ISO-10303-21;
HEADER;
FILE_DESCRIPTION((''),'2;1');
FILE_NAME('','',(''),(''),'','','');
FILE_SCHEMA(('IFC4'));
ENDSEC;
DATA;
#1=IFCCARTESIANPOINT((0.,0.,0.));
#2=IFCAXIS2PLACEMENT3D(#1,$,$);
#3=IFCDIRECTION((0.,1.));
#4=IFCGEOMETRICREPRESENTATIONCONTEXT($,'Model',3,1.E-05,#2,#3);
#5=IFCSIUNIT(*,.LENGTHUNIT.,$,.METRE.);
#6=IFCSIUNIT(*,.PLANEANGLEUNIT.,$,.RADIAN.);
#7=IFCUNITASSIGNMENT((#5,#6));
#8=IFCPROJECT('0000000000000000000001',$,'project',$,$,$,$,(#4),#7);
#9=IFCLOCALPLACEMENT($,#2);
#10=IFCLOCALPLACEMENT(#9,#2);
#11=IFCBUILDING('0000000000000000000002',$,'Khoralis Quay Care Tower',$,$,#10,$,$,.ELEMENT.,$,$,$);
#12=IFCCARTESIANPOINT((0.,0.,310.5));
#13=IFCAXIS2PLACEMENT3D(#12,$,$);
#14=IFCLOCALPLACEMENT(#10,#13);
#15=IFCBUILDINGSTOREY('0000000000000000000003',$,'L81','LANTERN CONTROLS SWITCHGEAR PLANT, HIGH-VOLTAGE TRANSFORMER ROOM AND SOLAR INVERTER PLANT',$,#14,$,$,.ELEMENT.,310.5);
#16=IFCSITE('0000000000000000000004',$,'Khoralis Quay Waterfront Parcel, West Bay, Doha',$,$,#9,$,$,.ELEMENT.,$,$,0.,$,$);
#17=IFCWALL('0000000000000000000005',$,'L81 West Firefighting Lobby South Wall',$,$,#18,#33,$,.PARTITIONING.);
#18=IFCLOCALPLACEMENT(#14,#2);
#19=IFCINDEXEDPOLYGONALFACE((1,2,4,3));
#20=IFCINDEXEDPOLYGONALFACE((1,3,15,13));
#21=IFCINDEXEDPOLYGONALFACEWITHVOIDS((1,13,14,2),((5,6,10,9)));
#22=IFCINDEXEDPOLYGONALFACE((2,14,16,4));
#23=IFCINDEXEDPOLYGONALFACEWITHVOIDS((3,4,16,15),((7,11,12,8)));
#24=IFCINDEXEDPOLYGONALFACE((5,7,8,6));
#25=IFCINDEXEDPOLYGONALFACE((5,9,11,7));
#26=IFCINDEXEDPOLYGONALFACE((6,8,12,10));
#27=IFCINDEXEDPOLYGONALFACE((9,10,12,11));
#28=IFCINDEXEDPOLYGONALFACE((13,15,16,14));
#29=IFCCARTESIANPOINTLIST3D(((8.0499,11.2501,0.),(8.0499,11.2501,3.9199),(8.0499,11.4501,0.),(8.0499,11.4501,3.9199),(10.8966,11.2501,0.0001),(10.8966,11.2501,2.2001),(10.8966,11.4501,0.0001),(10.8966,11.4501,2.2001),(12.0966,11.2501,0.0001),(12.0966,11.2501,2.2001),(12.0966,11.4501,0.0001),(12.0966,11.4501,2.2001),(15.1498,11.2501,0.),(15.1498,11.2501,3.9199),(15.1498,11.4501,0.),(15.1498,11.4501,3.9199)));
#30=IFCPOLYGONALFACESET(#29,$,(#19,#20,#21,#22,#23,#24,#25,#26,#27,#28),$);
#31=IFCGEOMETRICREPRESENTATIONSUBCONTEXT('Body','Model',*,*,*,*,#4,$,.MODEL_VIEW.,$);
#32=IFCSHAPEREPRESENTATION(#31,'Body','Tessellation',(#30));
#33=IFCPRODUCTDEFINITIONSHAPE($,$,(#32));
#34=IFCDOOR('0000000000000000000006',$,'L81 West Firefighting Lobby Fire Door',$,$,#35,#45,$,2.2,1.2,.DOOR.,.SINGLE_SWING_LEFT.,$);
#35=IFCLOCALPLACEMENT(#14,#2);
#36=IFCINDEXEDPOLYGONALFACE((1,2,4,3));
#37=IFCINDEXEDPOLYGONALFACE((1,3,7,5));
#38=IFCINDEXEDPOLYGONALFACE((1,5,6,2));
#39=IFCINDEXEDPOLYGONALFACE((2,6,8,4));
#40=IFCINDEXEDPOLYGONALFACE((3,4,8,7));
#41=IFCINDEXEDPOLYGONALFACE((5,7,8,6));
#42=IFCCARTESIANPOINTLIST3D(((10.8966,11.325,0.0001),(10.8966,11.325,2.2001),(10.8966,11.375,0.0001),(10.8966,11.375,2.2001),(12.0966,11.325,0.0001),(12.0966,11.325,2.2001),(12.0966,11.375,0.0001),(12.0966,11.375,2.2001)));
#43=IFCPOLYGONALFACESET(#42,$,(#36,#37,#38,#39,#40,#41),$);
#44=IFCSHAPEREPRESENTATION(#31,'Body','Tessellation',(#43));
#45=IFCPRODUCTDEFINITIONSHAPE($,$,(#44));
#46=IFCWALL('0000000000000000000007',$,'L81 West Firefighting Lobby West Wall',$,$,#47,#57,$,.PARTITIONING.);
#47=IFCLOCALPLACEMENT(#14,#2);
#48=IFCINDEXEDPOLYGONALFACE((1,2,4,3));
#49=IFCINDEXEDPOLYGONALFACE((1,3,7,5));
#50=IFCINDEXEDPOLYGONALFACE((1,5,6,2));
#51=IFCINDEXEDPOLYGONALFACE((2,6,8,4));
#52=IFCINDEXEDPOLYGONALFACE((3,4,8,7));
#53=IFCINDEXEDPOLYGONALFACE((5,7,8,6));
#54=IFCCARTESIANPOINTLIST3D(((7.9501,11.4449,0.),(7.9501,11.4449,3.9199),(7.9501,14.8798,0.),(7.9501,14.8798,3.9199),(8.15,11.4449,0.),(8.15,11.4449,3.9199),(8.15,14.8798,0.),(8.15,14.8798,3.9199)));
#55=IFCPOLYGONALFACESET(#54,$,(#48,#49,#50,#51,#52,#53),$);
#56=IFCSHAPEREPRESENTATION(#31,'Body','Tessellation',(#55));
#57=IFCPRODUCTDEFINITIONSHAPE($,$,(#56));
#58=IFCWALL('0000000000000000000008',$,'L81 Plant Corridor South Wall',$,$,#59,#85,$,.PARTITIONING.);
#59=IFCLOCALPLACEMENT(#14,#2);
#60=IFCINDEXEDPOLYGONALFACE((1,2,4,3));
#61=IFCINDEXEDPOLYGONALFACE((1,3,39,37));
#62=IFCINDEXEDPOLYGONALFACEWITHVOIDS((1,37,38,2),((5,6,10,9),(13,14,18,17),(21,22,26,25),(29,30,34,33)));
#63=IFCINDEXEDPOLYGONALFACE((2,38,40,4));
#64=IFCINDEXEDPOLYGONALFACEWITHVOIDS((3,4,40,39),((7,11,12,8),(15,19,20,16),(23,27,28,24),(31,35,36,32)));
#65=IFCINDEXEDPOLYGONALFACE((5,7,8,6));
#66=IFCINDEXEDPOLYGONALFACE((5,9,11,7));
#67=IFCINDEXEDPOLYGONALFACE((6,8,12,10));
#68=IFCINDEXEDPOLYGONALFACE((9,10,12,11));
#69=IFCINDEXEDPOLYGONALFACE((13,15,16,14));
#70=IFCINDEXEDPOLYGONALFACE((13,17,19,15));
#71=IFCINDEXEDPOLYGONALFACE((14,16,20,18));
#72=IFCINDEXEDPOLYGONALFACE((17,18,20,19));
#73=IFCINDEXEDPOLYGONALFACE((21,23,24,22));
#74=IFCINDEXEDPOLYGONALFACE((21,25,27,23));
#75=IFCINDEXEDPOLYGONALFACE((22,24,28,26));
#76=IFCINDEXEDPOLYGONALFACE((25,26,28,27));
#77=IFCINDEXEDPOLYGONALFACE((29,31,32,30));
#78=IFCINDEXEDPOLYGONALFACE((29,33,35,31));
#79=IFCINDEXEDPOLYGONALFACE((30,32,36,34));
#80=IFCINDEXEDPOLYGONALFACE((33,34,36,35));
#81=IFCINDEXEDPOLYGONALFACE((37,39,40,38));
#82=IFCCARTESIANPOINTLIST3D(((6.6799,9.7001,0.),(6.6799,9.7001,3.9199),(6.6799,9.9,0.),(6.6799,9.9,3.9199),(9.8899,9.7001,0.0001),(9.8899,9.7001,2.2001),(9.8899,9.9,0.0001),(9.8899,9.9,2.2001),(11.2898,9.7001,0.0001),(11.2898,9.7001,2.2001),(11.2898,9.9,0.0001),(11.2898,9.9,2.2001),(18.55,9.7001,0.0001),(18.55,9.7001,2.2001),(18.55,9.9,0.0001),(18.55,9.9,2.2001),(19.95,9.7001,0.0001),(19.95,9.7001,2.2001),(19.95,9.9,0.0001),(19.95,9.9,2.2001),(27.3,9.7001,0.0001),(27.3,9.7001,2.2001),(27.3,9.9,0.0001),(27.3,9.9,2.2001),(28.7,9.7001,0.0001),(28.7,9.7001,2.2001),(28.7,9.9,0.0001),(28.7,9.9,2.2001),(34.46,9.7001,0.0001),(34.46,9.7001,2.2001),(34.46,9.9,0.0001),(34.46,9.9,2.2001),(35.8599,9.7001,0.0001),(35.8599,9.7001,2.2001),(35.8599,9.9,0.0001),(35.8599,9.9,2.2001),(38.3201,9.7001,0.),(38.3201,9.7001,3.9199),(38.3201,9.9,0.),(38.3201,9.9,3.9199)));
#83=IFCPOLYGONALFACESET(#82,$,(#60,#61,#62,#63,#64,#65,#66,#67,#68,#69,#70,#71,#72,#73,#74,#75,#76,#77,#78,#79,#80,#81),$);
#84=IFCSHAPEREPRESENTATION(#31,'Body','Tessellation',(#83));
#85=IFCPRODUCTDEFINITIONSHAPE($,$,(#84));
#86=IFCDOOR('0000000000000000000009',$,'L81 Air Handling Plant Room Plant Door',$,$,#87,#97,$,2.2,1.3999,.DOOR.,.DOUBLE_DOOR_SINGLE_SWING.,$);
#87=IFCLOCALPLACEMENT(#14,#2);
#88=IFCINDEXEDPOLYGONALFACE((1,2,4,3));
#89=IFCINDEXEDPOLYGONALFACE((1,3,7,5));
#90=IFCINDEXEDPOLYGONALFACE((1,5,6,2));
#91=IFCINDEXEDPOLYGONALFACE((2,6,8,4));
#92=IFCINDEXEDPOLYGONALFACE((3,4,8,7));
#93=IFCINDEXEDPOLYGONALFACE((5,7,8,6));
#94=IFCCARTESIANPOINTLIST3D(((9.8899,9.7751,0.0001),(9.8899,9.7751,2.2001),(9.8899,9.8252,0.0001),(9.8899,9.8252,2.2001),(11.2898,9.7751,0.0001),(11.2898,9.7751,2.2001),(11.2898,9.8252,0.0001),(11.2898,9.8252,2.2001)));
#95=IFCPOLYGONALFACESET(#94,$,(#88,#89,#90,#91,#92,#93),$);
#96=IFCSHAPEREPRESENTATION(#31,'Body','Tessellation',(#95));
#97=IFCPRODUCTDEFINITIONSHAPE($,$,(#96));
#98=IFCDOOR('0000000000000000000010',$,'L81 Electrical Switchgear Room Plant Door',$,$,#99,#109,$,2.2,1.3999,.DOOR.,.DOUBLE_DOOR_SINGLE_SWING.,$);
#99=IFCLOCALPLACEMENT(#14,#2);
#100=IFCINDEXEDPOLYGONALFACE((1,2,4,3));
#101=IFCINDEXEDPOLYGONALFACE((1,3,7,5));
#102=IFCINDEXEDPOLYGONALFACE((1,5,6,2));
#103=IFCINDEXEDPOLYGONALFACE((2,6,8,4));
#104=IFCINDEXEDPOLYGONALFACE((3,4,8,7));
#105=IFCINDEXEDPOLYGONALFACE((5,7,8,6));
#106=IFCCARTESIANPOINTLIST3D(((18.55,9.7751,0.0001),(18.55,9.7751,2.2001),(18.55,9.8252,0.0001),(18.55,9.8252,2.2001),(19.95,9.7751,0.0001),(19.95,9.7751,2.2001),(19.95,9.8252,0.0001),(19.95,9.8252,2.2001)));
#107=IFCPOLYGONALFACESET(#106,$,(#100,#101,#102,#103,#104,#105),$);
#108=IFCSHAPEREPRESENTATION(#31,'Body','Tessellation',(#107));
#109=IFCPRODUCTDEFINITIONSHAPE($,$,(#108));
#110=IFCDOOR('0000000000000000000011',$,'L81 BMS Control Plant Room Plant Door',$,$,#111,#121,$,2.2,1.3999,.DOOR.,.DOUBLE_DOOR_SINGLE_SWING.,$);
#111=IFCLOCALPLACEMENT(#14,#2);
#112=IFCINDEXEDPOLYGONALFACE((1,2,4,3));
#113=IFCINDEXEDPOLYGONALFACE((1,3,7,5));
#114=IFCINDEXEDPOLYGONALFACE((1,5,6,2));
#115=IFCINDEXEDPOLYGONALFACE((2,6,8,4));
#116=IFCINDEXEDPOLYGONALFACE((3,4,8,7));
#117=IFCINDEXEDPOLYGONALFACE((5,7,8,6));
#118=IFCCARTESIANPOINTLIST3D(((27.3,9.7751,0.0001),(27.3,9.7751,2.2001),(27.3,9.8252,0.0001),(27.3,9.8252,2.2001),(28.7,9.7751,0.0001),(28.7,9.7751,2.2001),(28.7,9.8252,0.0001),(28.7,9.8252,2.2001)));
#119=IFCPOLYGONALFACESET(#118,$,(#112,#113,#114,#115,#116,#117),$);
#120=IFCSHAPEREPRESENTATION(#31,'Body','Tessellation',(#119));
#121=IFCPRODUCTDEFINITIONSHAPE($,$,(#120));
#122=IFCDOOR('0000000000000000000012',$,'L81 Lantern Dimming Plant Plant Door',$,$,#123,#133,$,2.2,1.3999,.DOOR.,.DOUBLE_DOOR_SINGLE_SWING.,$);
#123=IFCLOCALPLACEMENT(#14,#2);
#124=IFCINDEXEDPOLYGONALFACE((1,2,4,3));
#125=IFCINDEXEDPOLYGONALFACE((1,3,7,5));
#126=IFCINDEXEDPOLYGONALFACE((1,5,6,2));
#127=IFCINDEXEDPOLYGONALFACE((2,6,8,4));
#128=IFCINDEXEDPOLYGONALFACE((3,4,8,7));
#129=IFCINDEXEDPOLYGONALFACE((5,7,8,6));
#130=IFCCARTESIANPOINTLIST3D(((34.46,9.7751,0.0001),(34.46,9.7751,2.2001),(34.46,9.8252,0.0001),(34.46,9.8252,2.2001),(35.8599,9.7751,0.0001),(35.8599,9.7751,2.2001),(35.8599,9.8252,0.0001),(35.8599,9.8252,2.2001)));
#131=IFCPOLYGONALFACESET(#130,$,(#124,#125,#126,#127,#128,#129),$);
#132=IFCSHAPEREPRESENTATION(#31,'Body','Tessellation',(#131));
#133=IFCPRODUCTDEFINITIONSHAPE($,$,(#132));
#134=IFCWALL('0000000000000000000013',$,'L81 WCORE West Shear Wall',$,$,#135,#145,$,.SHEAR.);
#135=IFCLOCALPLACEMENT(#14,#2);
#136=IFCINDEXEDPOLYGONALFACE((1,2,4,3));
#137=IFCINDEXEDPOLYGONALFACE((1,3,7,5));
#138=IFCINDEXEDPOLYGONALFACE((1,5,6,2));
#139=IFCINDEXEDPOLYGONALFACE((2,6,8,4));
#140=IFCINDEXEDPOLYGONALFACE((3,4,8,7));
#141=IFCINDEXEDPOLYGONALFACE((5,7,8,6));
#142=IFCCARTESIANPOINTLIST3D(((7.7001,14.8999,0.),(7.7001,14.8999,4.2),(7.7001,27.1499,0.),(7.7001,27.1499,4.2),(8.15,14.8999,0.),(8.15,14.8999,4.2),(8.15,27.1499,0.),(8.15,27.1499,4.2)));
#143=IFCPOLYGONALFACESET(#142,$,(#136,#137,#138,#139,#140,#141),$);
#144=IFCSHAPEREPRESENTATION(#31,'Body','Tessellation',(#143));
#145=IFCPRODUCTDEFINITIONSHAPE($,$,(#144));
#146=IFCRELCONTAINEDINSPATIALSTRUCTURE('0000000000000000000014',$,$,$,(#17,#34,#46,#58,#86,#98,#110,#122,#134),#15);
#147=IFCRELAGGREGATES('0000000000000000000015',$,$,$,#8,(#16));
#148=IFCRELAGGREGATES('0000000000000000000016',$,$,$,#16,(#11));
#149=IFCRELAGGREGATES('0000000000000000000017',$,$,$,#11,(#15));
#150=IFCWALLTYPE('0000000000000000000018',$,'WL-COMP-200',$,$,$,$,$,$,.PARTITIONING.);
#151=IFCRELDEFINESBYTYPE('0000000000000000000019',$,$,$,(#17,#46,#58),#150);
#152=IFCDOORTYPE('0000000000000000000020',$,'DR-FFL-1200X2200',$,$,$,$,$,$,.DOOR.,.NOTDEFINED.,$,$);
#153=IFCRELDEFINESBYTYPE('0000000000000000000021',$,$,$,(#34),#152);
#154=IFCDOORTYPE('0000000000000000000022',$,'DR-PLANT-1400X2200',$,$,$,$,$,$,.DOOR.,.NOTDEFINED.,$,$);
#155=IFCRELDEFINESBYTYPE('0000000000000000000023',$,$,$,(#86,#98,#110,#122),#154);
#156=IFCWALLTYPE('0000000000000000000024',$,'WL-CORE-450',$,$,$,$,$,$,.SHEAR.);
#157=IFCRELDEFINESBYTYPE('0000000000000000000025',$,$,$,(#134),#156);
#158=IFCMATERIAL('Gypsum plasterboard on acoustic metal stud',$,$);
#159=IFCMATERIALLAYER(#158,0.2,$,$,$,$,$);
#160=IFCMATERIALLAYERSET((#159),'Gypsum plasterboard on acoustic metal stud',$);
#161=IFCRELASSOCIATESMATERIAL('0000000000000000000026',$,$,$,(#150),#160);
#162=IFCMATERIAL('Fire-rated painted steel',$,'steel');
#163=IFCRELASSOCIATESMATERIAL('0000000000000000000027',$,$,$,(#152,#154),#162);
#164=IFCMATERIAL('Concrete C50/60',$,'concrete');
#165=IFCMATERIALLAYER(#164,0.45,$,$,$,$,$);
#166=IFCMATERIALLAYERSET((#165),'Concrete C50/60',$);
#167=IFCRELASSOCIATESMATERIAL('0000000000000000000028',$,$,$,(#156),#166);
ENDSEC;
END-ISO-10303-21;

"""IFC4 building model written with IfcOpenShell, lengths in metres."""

from ifc_helpers import new_model, si_unit, direction, frame, frame_2d, origin, place, context, subcontext, project, spatial, rectangle, extrude, source, transform, mapped, material, layer, layer_set, type_object, element, fill, save


model = new_model("IFC4")

# Units and contexts
model_context = context("Model", 3, precision=1e-05, world=origin(), true_north=direction((0.0, 1.0)))
body_context = subcontext(model_context, "Body", "Model", "MODEL_VIEW")
ifc_project = project(units=[si_unit("LENGTHUNIT", "METRE"), si_unit("PLANEANGLEUNIT", "RADIAN")], contexts=[model_context])

# Site, building, storey
site_placement = place(None, origin())
site = spatial("IfcSite", under=ifc_project, at=site_placement, Name="Khoralis Quay Waterfront Parcel, West Bay, Doha", CompositionType="ELEMENT", RefElevation=0.0)
building_placement = place(site_placement, origin())
building = spatial("IfcBuilding", under=site, at=building_placement, Name="Khoralis Quay Care Tower", CompositionType="ELEMENT")
storey_placement = place(building_placement, frame((0.0, 0.0, 310.5)))
storey = spatial("IfcBuildingStorey", under=building, at=storey_placement, Name="L81", Description="LANTERN CONTROLS SWITCHGEAR PLANT, HIGH-VOLTAGE TRANSFORMER ROOM AND SOLAR INVERTER PLANT", CompositionType="ELEMENT", Elevation=310.5)

# Wall, opening, door
ifc_material_1 = material(Name="Gypsum plasterboard on acoustic metal stud")
ifc_layer_1 = layer(ifc_material_1, 0.2)
ifc_layer_set_1 = layer_set([ifc_layer_1], Name="Gypsum plasterboard on acoustic metal stud")
wall_type_1 = type_object("IfcWallType", Name="WL-COMP-200", PredefinedType="PARTITIONING", material=ifc_layer_set_1)
wall_1_placement = place(storey_placement, frame((8.05, 11.3501, 0.0), z_axis=(0.0, 0.0, 1.0), x_axis=(1.0, 0.0, 0.0)))
wall_1 = element("IfcWall", 1, at=wall_1_placement, inside=storey, type_object=wall_type_1, Name="L81 West Firefighting Lobby South Wall", PredefinedType="PARTITIONING", context=body_context, shape_type="SweptSolid", body=[
    extrude(rectangle(XDim=7.0999, YDim=0.2, at=frame_2d((3.5498, 0.0))), origin(), (0.0, 0.0, 1.0), 3.9199),
])
opening_1_placement = place(wall_1_placement, frame((2.8464, 0.0, 0.0)))
opening_1 = element("IfcOpeningElement", 2, at=opening_1_placement, cuts=wall_1, PredefinedType="OPENING", context=body_context, shape_type="SweptSolid", body=[
    extrude(rectangle(XDim=1.2, YDim=2.2, at=frame_2d((0.6001, 1.1001))), frame((0.0, 0.1099, 0.0), z_axis=(0.0, -1.0, 0.0), x_axis=(1.0, 0.0, 0.0)), (0.0, 0.0, 1.0), 0.22),
])
ifc_material_2 = material(Name="Fire-rated painted steel", Category="steel")
door_type_1 = type_object("IfcDoorType", Name="DR-FFL-1200X2200", OperationType="NOTDEFINED", PredefinedType="DOOR", material=ifc_material_2)
shared_shape_1 = source(origin(), body_context, "Body", "SweptSolid", [
    extrude(rectangle(XDim=1.2, YDim=2.2, at=frame_2d((0.6001, 1.1001))), frame((0.0, 0.0249, 0.0), z_axis=(0.0, -1.0, 0.0), x_axis=(1.0, 0.0, 0.0)), (0.0, 0.0, 1.0), 0.05),
])
door_1_placement = place(opening_1_placement, origin())
door_1 = element("IfcDoor", 3, at=door_1_placement, inside=storey, type_object=door_type_1, Name="L81 West Firefighting Lobby Fire Door", OperationType="SINGLE_SWING_LEFT", OverallHeight=2.2, OverallWidth=1.2, PredefinedType="DOOR", context=body_context, shape_type="MappedRepresentation", body=[
    mapped(shared_shape_1, transform((0.0, 0.0, 0.0), scale=1.0)),
])
fill(opening_1, door_1)

# Wall
wall_2_placement = place(storey_placement, frame((8.05, 11.4451, 0.0), z_axis=(0.0, 0.0, 1.0), x_axis=(0.0, 1.0, 0.0)))
element("IfcWall", 4, at=wall_2_placement, inside=storey, type_object=wall_type_1, Name="L81 West Firefighting Lobby West Wall", PredefinedType="PARTITIONING", context=body_context, shape_type="SweptSolid", body=[
    extrude(rectangle(XDim=3.4348, YDim=0.2, at=frame_2d((1.7173, 0.0))), origin(), (0.0, 0.0, 1.0), 3.9199),
])

# Wall, openings, doors
wall_3_placement = place(storey_placement, frame((6.6799, 9.8, 0.0), z_axis=(0.0, 0.0, 1.0), x_axis=(1.0, 0.0, 0.0)))
wall_3 = element("IfcWall", 5, at=wall_3_placement, inside=storey, type_object=wall_type_1, Name="L81 Plant Corridor South Wall", PredefinedType="PARTITIONING", context=body_context, shape_type="SweptSolid", body=[
    extrude(rectangle(XDim=31.6401, YDim=0.2, at=frame_2d((15.8201, 0.0))), origin(), (0.0, 0.0, 1.0), 3.9199),
])
opening_2_placement = place(wall_3_placement, frame((3.21, 0.0, 0.0)))
opening_2 = element("IfcOpeningElement", 6, at=opening_2_placement, cuts=wall_3, PredefinedType="OPENING", context=body_context, shape_type="SweptSolid", body=[
    extrude(rectangle(XDim=1.3999, YDim=2.2, at=frame_2d((0.7, 1.1001))), frame((0.0, 0.1099, 0.0), z_axis=(0.0, -1.0, 0.0), x_axis=(1.0, 0.0, 0.0)), (0.0, 0.0, 1.0), 0.22),
])
opening_3_placement = place(wall_3_placement, frame((11.8701, 0.0, 0.0)))
opening_3 = element("IfcOpeningElement", 7, at=opening_3_placement, cuts=wall_3, PredefinedType="OPENING", context=body_context, shape_type="SweptSolid", body=[
    extrude(rectangle(XDim=1.3999, YDim=2.2, at=frame_2d((0.7, 1.1001))), frame((0.0, 0.1099, 0.0), z_axis=(0.0, -1.0, 0.0), x_axis=(1.0, 0.0, 0.0)), (0.0, 0.0, 1.0), 0.22),
])
opening_4_placement = place(wall_3_placement, frame((20.6201, 0.0, 0.0)))
opening_4 = element("IfcOpeningElement", 8, at=opening_4_placement, cuts=wall_3, PredefinedType="OPENING", context=body_context, shape_type="SweptSolid", body=[
    extrude(rectangle(XDim=1.3999, YDim=2.2, at=frame_2d((0.7, 1.1001))), frame((0.0, 0.1099, 0.0), z_axis=(0.0, -1.0, 0.0), x_axis=(1.0, 0.0, 0.0)), (0.0, 0.0, 1.0), 0.22),
])
opening_5_placement = place(wall_3_placement, frame((27.78, 0.0, 0.0)))
opening_5 = element("IfcOpeningElement", 9, at=opening_5_placement, cuts=wall_3, PredefinedType="OPENING", context=body_context, shape_type="SweptSolid", body=[
    extrude(rectangle(XDim=1.3999, YDim=2.2, at=frame_2d((0.7, 1.1001))), frame((0.0, 0.1099, 0.0), z_axis=(0.0, -1.0, 0.0), x_axis=(1.0, 0.0, 0.0)), (0.0, 0.0, 1.0), 0.22),
])
door_type_2 = type_object("IfcDoorType", Name="DR-PLANT-1400X2200", OperationType="NOTDEFINED", PredefinedType="DOOR", material=ifc_material_2)
shared_shape_2 = source(origin(), body_context, "Body", "SweptSolid", [
    extrude(rectangle(XDim=1.3999, YDim=2.2, at=frame_2d((0.7, 1.1001))), frame((0.0, 0.0249, 0.0), z_axis=(0.0, -1.0, 0.0), x_axis=(1.0, 0.0, 0.0)), (0.0, 0.0, 1.0), 0.05),
])
door_2_placement = place(opening_2_placement, frame((1.3999, 0.0, 0.0), z_axis=(0.0, 0.0, 1.0), x_axis=(-1.0, 0.0, 0.0)))
door_2 = element("IfcDoor", 10, at=door_2_placement, inside=storey, type_object=door_type_2, Name="L81 Air Handling Plant Room Plant Door", OperationType="DOUBLE_DOOR_SINGLE_SWING", OverallHeight=2.2, OverallWidth=1.3999, PredefinedType="DOOR", context=body_context, shape_type="MappedRepresentation", body=[
    mapped(shared_shape_2, transform((0.0, 0.0, 0.0), scale=1.0)),
])
fill(opening_2, door_2)
door_3_placement = place(opening_3_placement, frame((1.3999, 0.0, 0.0), z_axis=(0.0, 0.0, 1.0), x_axis=(-1.0, 0.0, 0.0)))
door_3 = element("IfcDoor", 11, at=door_3_placement, inside=storey, type_object=door_type_2, Name="L81 Electrical Switchgear Room Plant Door", OperationType="DOUBLE_DOOR_SINGLE_SWING", OverallHeight=2.2, OverallWidth=1.3999, PredefinedType="DOOR", context=body_context, shape_type="MappedRepresentation", body=[
    mapped(shared_shape_2, transform((0.0, 0.0, 0.0), scale=1.0)),
])
fill(opening_3, door_3)
door_4_placement = place(opening_4_placement, frame((1.3999, 0.0, 0.0), z_axis=(0.0, 0.0, 1.0), x_axis=(-1.0, 0.0, 0.0)))
door_4 = element("IfcDoor", 12, at=door_4_placement, inside=storey, type_object=door_type_2, Name="L81 BMS Control Plant Room Plant Door", OperationType="DOUBLE_DOOR_SINGLE_SWING", OverallHeight=2.2, OverallWidth=1.3999, PredefinedType="DOOR", context=body_context, shape_type="MappedRepresentation", body=[
    mapped(shared_shape_2, transform((0.0, 0.0, 0.0), scale=1.0)),
])
fill(opening_4, door_4)
door_5_placement = place(opening_5_placement, frame((1.3999, 0.0, 0.0), z_axis=(0.0, 0.0, 1.0), x_axis=(-1.0, 0.0, 0.0)))
door_5 = element("IfcDoor", 13, at=door_5_placement, inside=storey, type_object=door_type_2, Name="L81 Lantern Dimming Plant Plant Door", OperationType="DOUBLE_DOOR_SINGLE_SWING", OverallHeight=2.2, OverallWidth=1.3999, PredefinedType="DOOR", context=body_context, shape_type="MappedRepresentation", body=[
    mapped(shared_shape_2, transform((0.0, 0.0, 0.0), scale=1.0)),
])
fill(opening_5, door_5)

# Wall
ifc_material_3 = material(Name="Concrete C50/60", Category="concrete")
ifc_layer_2 = layer(ifc_material_3, 0.45)
ifc_layer_set_2 = layer_set([ifc_layer_2], Name="Concrete C50/60")
wall_type_2 = type_object("IfcWallType", Name="WL-CORE-450", PredefinedType="SHEAR", material=ifc_layer_set_2)
wall_4_placement = place(storey_placement, frame((7.925, 14.8999, 0.0), z_axis=(0.0, 0.0, 1.0), x_axis=(0.0, 1.0, 0.0)))
element("IfcWall", 14, at=wall_4_placement, inside=storey, type_object=wall_type_2, Name="L81 WCORE West Shear Wall", PredefinedType="SHEAR", context=body_context, shape_type="SweptSolid", body=[
    extrude(rectangle(XDim=12.25, YDim=0.45, at=frame_2d((6.125, 0.0))), origin(), (0.0, 0.0, 1.0), 4.2),
])

save(model, "model.ifc")
